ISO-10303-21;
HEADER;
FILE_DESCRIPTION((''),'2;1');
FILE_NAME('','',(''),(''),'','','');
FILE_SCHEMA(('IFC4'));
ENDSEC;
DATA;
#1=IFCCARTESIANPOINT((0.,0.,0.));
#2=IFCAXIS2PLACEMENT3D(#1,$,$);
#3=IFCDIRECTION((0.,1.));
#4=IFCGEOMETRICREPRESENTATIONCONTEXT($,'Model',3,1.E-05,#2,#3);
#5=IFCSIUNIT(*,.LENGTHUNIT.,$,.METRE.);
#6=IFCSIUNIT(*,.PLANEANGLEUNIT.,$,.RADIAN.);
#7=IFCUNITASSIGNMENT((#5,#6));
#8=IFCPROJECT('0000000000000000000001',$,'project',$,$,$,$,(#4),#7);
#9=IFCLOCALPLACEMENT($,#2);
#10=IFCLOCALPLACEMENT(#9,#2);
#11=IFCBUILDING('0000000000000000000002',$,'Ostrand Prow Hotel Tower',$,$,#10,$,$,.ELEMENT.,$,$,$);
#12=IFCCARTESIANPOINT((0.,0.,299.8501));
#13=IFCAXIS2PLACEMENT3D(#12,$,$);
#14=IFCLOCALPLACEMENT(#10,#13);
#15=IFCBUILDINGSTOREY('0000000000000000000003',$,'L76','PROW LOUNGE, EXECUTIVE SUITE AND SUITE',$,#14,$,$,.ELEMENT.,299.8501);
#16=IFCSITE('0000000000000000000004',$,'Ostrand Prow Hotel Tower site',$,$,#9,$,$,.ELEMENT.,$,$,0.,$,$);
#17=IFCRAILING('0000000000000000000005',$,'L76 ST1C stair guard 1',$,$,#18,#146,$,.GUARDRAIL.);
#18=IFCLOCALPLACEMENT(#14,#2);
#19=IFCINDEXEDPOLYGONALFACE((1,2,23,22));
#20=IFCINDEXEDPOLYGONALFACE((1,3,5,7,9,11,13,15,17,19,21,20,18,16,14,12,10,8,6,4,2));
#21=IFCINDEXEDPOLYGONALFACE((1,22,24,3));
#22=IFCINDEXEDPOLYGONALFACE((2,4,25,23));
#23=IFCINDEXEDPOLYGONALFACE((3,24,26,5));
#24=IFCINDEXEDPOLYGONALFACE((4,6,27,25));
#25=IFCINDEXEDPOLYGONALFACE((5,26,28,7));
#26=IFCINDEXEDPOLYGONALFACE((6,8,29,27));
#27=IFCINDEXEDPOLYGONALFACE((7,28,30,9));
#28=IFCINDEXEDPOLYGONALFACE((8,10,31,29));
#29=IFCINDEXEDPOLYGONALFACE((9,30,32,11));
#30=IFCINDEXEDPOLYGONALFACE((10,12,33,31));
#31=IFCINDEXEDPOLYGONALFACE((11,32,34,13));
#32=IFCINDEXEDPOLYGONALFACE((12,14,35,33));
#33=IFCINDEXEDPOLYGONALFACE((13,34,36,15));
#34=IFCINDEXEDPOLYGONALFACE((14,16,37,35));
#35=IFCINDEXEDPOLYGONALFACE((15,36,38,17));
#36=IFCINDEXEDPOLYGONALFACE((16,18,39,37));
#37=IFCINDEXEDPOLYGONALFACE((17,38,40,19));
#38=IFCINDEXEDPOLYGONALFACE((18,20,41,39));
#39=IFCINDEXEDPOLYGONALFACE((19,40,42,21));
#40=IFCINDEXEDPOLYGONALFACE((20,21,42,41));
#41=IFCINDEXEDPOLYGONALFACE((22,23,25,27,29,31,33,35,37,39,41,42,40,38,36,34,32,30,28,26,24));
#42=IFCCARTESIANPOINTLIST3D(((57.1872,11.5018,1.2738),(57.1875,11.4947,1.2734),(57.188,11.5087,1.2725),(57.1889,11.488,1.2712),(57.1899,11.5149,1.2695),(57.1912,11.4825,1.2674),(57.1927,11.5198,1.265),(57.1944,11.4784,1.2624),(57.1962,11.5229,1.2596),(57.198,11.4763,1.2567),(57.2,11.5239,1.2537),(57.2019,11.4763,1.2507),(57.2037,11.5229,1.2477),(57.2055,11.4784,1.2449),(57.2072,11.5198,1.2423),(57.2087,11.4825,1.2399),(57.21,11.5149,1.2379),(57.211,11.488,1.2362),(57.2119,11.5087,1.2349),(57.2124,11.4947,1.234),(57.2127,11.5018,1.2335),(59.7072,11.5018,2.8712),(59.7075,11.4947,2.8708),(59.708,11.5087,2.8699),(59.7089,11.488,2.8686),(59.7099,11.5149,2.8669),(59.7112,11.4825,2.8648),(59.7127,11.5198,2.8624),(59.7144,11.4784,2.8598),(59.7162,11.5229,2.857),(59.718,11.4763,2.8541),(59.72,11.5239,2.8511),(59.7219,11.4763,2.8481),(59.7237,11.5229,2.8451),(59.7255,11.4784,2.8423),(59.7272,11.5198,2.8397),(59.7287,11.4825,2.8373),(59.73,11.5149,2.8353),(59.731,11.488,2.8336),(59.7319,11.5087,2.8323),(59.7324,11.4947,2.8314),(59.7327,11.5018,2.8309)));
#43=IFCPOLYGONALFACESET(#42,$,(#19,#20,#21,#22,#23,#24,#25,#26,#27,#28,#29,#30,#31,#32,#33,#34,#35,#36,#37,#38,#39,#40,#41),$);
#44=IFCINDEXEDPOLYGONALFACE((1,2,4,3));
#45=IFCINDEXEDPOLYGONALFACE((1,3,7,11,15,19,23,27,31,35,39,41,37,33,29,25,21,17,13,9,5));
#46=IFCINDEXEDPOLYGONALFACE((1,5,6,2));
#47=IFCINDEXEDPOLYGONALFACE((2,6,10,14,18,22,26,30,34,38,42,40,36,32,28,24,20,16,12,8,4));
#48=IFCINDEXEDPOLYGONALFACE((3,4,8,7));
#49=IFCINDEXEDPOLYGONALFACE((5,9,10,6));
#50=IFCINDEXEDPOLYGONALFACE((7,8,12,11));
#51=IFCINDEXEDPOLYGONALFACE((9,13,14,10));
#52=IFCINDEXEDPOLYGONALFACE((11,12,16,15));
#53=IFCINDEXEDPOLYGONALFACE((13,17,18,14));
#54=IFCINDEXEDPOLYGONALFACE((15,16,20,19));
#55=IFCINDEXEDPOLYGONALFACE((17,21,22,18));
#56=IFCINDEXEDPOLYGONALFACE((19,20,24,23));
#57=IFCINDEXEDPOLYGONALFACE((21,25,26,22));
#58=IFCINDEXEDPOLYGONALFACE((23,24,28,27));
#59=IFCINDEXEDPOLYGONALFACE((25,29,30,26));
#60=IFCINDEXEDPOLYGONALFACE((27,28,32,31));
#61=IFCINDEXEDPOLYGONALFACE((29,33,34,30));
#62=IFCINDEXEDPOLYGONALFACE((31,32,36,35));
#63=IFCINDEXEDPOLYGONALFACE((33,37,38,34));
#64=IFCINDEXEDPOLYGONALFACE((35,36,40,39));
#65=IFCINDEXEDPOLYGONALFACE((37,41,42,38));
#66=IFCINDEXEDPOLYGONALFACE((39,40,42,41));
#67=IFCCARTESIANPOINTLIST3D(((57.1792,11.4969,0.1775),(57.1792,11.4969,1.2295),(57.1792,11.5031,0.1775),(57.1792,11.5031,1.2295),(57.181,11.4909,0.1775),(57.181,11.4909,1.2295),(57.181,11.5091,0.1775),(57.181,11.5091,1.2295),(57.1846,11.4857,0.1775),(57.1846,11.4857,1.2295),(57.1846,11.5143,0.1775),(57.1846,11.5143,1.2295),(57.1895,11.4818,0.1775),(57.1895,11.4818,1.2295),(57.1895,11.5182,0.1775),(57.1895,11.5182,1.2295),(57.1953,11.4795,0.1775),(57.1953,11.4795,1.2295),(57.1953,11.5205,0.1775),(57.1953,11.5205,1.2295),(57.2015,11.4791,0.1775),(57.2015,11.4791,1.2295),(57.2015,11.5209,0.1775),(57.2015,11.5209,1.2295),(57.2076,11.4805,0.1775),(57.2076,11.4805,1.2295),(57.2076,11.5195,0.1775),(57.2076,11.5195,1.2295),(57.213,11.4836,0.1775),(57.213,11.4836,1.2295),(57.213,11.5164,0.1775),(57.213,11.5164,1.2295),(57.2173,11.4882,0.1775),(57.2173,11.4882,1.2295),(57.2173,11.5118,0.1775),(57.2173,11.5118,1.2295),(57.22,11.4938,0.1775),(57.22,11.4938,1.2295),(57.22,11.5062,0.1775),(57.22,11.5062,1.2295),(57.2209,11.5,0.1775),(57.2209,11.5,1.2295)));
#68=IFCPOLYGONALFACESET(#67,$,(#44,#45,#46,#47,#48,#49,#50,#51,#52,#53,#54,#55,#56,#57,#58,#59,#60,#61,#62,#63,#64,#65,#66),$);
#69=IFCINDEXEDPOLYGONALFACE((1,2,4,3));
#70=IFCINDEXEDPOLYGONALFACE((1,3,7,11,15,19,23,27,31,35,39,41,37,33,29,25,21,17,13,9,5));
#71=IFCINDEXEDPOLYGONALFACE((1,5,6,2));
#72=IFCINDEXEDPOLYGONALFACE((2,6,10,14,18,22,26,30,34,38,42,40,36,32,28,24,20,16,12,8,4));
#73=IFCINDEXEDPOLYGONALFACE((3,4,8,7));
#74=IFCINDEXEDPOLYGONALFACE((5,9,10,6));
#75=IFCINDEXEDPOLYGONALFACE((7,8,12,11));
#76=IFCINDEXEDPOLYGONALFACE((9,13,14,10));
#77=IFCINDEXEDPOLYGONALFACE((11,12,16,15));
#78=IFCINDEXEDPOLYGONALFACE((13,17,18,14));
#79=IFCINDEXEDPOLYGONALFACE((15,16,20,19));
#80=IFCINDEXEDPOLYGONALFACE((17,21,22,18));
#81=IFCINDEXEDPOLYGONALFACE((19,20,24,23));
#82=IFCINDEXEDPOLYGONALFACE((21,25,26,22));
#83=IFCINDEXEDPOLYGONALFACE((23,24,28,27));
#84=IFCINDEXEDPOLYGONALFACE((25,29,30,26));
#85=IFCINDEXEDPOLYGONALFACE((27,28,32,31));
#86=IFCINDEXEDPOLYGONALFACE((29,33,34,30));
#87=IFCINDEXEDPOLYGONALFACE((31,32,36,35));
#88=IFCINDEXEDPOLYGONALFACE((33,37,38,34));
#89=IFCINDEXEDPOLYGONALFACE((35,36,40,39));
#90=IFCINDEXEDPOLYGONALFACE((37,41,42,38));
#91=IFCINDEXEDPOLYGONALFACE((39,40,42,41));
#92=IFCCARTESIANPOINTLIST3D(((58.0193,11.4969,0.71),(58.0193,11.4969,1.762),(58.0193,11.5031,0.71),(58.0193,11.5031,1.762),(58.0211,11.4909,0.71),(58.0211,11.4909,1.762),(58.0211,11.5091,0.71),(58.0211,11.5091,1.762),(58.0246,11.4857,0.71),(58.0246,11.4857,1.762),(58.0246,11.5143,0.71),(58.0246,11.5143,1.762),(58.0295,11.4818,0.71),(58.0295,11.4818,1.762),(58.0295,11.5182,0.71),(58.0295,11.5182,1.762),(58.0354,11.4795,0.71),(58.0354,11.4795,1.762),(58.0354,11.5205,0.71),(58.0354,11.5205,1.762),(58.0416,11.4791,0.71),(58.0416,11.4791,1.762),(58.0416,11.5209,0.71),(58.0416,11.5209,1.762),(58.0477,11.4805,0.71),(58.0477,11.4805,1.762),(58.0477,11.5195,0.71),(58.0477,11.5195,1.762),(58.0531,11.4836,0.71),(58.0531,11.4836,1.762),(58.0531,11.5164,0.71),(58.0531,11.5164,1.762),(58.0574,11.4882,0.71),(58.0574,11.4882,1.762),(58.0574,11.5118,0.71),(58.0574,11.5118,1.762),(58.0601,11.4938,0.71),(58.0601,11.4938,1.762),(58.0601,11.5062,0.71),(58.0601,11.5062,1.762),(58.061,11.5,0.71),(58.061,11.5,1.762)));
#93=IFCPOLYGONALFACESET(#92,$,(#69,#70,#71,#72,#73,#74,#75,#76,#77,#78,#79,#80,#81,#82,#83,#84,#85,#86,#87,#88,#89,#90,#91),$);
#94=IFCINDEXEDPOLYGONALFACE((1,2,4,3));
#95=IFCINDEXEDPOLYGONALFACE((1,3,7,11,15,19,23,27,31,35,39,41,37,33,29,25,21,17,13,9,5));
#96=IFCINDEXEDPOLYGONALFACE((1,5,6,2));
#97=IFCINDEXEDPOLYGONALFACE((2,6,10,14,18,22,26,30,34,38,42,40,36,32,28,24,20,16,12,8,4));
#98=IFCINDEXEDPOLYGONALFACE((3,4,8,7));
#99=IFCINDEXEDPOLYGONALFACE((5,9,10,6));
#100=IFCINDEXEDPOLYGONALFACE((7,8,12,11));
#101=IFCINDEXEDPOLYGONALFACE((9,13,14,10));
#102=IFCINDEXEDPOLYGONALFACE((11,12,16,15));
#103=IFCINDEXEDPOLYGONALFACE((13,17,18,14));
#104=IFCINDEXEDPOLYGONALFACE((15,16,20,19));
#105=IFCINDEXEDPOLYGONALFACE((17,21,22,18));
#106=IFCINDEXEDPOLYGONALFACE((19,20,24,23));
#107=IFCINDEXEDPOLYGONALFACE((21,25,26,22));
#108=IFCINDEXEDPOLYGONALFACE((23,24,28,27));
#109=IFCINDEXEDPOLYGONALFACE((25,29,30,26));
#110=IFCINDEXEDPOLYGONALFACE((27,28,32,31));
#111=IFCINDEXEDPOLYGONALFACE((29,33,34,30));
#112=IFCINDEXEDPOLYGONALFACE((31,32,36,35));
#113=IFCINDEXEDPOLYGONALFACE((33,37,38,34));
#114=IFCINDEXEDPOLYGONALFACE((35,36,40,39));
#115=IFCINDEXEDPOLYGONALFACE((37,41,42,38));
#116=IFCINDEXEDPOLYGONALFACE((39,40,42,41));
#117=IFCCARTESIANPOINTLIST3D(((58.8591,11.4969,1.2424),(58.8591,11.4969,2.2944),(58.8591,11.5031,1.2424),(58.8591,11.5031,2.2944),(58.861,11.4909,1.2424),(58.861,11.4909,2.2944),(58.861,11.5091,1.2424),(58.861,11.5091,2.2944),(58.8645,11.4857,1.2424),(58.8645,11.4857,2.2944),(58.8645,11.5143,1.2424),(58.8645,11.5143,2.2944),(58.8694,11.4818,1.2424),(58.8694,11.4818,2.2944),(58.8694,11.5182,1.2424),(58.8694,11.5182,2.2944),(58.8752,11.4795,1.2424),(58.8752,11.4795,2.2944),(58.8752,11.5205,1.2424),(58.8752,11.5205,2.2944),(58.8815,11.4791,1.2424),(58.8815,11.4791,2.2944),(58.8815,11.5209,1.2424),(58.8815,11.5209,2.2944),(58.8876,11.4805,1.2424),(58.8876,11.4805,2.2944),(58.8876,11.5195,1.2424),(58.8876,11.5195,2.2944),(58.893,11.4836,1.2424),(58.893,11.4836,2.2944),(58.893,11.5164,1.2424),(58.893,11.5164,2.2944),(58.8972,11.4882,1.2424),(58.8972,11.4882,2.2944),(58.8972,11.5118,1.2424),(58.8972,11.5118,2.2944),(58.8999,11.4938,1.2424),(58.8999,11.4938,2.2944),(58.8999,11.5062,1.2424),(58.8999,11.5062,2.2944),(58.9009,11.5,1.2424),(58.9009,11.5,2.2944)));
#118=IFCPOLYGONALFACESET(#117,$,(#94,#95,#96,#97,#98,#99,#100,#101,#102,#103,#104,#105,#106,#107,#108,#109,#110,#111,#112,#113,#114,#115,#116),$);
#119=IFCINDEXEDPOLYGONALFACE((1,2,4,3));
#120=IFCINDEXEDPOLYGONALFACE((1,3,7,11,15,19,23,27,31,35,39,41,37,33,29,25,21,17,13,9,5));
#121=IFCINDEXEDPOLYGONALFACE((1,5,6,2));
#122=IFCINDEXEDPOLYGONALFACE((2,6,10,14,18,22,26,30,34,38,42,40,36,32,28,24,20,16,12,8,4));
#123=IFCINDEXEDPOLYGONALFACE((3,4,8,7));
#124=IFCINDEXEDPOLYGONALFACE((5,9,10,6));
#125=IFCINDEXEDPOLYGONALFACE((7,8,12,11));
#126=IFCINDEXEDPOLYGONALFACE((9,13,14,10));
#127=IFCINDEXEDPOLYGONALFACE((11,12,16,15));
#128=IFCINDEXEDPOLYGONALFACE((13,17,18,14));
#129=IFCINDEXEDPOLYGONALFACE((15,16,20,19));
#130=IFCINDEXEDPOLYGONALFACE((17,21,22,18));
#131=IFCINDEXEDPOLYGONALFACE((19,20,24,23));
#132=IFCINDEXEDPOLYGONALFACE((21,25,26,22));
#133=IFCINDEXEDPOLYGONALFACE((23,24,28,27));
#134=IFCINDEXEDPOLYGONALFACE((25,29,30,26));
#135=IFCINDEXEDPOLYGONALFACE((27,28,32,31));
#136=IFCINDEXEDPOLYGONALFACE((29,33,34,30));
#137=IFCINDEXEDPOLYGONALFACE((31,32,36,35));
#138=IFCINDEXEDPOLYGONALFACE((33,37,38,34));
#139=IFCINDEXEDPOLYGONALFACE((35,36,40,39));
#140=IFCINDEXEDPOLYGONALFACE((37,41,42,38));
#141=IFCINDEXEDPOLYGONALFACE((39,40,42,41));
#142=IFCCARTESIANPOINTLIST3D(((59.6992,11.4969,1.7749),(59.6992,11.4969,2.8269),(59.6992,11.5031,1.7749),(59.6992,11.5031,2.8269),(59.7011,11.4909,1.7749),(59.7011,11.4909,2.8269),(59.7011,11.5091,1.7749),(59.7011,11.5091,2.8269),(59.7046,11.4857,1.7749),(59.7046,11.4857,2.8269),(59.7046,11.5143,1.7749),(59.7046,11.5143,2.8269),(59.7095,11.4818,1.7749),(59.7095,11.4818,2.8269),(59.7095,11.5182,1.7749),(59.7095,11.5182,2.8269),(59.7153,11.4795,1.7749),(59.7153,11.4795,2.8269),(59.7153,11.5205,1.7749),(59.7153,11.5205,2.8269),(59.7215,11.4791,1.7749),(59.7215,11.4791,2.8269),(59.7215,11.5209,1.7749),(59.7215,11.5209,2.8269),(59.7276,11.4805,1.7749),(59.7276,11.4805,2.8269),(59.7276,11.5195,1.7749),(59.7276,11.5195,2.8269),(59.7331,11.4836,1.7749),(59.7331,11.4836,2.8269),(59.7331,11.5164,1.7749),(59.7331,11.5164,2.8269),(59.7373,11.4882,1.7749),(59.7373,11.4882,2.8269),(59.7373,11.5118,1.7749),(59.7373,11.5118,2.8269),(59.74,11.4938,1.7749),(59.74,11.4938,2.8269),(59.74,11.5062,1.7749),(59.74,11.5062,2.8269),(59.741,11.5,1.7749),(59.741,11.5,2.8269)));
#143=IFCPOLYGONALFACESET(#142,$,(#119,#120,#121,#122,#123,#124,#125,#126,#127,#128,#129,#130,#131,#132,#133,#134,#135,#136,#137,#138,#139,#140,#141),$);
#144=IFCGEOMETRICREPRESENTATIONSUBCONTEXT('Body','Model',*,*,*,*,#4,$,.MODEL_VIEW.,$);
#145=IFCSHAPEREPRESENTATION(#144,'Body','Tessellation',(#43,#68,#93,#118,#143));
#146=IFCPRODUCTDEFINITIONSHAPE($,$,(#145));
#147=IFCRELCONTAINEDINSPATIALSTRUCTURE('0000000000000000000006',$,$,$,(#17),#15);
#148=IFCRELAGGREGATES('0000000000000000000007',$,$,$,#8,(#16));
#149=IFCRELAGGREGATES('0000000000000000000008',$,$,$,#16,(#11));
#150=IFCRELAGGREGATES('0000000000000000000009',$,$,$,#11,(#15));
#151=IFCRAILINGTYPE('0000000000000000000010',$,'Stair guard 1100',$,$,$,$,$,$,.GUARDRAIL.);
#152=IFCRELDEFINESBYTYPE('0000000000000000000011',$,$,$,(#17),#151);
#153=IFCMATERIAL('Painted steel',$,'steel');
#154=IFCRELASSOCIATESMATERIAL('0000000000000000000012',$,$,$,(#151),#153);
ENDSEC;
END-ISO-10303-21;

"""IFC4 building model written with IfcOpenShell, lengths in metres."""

from ifc_helpers import new_model, si_unit, direction, frame, origin, origin_2d, place, context, subcontext, project, spatial, circle, extrude, material, type_object, element, save


model = new_model("IFC4")

# Units and contexts
model_context = context("Model", 3, precision=1e-05, world=origin(), true_north=direction((0.0, 1.0)))
body_context = subcontext(model_context, "Body", "Model", "MODEL_VIEW")
ifc_project = project(units=[si_unit("LENGTHUNIT", "METRE"), si_unit("PLANEANGLEUNIT", "RADIAN")], contexts=[model_context])

# Site, building, storey
site_placement = place(None, origin())
site = spatial("IfcSite", under=ifc_project, at=site_placement, Name="Ostrand Prow Hotel Tower site", CompositionType="ELEMENT", RefElevation=0.0)
building_placement = place(site_placement, origin())
building = spatial("IfcBuilding", under=site, at=building_placement, Name="Ostrand Prow Hotel Tower", CompositionType="ELEMENT")
storey_placement = place(building_placement, frame((0.0, 0.0, 299.8501)))
storey = spatial("IfcBuildingStorey", under=building, at=storey_placement, Name="L76", Description="PROW LOUNGE, EXECUTIVE SUITE AND SUITE", CompositionType="ELEMENT", Elevation=299.8501)

# Railing
ifc_material_1 = material(Name="Painted steel", Category="steel")
railing_type_1 = type_object("IfcRailingType", Name="Stair guard 1100", PredefinedType="GUARDRAIL", material=ifc_material_1)
railing_1_placement = place(storey_placement, frame((57.2, 11.5, 0.1775)))
element("IfcRailing", 1, at=railing_1_placement, inside=storey, type_object=railing_type_1, Name="L76 ST1C stair guard 1", PredefinedType="GUARDRAIL", context=body_context, shape_type="SweptSolid", body=[
    extrude(circle(Radius=0.0239, at=origin_2d()), frame((0.0, 0.0, 1.0762), z_axis=(0.844607, 0.0, 0.535387), x_axis=(0.0, 1.0, 0.0)), (0.0, 0.0, 1.0), 2.9836),
    extrude(circle(Radius=0.021, at=origin_2d()), origin(), (0.0, 0.0, 1.0), 1.052),
    extrude(circle(Radius=0.021, at=origin_2d()), frame((0.8401, 0.0, 0.5325)), (0.0, 0.0, 1.0), 1.052),
    extrude(circle(Radius=0.021, at=origin_2d()), frame((1.6799, 0.0, 1.0649)), (0.0, 0.0, 1.0), 1.052),
    extrude(circle(Radius=0.021, at=origin_2d()), frame((2.52, 0.0, 1.5974)), (0.0, 0.0, 1.0), 1.052),
])

save(model, "model.ifc")
